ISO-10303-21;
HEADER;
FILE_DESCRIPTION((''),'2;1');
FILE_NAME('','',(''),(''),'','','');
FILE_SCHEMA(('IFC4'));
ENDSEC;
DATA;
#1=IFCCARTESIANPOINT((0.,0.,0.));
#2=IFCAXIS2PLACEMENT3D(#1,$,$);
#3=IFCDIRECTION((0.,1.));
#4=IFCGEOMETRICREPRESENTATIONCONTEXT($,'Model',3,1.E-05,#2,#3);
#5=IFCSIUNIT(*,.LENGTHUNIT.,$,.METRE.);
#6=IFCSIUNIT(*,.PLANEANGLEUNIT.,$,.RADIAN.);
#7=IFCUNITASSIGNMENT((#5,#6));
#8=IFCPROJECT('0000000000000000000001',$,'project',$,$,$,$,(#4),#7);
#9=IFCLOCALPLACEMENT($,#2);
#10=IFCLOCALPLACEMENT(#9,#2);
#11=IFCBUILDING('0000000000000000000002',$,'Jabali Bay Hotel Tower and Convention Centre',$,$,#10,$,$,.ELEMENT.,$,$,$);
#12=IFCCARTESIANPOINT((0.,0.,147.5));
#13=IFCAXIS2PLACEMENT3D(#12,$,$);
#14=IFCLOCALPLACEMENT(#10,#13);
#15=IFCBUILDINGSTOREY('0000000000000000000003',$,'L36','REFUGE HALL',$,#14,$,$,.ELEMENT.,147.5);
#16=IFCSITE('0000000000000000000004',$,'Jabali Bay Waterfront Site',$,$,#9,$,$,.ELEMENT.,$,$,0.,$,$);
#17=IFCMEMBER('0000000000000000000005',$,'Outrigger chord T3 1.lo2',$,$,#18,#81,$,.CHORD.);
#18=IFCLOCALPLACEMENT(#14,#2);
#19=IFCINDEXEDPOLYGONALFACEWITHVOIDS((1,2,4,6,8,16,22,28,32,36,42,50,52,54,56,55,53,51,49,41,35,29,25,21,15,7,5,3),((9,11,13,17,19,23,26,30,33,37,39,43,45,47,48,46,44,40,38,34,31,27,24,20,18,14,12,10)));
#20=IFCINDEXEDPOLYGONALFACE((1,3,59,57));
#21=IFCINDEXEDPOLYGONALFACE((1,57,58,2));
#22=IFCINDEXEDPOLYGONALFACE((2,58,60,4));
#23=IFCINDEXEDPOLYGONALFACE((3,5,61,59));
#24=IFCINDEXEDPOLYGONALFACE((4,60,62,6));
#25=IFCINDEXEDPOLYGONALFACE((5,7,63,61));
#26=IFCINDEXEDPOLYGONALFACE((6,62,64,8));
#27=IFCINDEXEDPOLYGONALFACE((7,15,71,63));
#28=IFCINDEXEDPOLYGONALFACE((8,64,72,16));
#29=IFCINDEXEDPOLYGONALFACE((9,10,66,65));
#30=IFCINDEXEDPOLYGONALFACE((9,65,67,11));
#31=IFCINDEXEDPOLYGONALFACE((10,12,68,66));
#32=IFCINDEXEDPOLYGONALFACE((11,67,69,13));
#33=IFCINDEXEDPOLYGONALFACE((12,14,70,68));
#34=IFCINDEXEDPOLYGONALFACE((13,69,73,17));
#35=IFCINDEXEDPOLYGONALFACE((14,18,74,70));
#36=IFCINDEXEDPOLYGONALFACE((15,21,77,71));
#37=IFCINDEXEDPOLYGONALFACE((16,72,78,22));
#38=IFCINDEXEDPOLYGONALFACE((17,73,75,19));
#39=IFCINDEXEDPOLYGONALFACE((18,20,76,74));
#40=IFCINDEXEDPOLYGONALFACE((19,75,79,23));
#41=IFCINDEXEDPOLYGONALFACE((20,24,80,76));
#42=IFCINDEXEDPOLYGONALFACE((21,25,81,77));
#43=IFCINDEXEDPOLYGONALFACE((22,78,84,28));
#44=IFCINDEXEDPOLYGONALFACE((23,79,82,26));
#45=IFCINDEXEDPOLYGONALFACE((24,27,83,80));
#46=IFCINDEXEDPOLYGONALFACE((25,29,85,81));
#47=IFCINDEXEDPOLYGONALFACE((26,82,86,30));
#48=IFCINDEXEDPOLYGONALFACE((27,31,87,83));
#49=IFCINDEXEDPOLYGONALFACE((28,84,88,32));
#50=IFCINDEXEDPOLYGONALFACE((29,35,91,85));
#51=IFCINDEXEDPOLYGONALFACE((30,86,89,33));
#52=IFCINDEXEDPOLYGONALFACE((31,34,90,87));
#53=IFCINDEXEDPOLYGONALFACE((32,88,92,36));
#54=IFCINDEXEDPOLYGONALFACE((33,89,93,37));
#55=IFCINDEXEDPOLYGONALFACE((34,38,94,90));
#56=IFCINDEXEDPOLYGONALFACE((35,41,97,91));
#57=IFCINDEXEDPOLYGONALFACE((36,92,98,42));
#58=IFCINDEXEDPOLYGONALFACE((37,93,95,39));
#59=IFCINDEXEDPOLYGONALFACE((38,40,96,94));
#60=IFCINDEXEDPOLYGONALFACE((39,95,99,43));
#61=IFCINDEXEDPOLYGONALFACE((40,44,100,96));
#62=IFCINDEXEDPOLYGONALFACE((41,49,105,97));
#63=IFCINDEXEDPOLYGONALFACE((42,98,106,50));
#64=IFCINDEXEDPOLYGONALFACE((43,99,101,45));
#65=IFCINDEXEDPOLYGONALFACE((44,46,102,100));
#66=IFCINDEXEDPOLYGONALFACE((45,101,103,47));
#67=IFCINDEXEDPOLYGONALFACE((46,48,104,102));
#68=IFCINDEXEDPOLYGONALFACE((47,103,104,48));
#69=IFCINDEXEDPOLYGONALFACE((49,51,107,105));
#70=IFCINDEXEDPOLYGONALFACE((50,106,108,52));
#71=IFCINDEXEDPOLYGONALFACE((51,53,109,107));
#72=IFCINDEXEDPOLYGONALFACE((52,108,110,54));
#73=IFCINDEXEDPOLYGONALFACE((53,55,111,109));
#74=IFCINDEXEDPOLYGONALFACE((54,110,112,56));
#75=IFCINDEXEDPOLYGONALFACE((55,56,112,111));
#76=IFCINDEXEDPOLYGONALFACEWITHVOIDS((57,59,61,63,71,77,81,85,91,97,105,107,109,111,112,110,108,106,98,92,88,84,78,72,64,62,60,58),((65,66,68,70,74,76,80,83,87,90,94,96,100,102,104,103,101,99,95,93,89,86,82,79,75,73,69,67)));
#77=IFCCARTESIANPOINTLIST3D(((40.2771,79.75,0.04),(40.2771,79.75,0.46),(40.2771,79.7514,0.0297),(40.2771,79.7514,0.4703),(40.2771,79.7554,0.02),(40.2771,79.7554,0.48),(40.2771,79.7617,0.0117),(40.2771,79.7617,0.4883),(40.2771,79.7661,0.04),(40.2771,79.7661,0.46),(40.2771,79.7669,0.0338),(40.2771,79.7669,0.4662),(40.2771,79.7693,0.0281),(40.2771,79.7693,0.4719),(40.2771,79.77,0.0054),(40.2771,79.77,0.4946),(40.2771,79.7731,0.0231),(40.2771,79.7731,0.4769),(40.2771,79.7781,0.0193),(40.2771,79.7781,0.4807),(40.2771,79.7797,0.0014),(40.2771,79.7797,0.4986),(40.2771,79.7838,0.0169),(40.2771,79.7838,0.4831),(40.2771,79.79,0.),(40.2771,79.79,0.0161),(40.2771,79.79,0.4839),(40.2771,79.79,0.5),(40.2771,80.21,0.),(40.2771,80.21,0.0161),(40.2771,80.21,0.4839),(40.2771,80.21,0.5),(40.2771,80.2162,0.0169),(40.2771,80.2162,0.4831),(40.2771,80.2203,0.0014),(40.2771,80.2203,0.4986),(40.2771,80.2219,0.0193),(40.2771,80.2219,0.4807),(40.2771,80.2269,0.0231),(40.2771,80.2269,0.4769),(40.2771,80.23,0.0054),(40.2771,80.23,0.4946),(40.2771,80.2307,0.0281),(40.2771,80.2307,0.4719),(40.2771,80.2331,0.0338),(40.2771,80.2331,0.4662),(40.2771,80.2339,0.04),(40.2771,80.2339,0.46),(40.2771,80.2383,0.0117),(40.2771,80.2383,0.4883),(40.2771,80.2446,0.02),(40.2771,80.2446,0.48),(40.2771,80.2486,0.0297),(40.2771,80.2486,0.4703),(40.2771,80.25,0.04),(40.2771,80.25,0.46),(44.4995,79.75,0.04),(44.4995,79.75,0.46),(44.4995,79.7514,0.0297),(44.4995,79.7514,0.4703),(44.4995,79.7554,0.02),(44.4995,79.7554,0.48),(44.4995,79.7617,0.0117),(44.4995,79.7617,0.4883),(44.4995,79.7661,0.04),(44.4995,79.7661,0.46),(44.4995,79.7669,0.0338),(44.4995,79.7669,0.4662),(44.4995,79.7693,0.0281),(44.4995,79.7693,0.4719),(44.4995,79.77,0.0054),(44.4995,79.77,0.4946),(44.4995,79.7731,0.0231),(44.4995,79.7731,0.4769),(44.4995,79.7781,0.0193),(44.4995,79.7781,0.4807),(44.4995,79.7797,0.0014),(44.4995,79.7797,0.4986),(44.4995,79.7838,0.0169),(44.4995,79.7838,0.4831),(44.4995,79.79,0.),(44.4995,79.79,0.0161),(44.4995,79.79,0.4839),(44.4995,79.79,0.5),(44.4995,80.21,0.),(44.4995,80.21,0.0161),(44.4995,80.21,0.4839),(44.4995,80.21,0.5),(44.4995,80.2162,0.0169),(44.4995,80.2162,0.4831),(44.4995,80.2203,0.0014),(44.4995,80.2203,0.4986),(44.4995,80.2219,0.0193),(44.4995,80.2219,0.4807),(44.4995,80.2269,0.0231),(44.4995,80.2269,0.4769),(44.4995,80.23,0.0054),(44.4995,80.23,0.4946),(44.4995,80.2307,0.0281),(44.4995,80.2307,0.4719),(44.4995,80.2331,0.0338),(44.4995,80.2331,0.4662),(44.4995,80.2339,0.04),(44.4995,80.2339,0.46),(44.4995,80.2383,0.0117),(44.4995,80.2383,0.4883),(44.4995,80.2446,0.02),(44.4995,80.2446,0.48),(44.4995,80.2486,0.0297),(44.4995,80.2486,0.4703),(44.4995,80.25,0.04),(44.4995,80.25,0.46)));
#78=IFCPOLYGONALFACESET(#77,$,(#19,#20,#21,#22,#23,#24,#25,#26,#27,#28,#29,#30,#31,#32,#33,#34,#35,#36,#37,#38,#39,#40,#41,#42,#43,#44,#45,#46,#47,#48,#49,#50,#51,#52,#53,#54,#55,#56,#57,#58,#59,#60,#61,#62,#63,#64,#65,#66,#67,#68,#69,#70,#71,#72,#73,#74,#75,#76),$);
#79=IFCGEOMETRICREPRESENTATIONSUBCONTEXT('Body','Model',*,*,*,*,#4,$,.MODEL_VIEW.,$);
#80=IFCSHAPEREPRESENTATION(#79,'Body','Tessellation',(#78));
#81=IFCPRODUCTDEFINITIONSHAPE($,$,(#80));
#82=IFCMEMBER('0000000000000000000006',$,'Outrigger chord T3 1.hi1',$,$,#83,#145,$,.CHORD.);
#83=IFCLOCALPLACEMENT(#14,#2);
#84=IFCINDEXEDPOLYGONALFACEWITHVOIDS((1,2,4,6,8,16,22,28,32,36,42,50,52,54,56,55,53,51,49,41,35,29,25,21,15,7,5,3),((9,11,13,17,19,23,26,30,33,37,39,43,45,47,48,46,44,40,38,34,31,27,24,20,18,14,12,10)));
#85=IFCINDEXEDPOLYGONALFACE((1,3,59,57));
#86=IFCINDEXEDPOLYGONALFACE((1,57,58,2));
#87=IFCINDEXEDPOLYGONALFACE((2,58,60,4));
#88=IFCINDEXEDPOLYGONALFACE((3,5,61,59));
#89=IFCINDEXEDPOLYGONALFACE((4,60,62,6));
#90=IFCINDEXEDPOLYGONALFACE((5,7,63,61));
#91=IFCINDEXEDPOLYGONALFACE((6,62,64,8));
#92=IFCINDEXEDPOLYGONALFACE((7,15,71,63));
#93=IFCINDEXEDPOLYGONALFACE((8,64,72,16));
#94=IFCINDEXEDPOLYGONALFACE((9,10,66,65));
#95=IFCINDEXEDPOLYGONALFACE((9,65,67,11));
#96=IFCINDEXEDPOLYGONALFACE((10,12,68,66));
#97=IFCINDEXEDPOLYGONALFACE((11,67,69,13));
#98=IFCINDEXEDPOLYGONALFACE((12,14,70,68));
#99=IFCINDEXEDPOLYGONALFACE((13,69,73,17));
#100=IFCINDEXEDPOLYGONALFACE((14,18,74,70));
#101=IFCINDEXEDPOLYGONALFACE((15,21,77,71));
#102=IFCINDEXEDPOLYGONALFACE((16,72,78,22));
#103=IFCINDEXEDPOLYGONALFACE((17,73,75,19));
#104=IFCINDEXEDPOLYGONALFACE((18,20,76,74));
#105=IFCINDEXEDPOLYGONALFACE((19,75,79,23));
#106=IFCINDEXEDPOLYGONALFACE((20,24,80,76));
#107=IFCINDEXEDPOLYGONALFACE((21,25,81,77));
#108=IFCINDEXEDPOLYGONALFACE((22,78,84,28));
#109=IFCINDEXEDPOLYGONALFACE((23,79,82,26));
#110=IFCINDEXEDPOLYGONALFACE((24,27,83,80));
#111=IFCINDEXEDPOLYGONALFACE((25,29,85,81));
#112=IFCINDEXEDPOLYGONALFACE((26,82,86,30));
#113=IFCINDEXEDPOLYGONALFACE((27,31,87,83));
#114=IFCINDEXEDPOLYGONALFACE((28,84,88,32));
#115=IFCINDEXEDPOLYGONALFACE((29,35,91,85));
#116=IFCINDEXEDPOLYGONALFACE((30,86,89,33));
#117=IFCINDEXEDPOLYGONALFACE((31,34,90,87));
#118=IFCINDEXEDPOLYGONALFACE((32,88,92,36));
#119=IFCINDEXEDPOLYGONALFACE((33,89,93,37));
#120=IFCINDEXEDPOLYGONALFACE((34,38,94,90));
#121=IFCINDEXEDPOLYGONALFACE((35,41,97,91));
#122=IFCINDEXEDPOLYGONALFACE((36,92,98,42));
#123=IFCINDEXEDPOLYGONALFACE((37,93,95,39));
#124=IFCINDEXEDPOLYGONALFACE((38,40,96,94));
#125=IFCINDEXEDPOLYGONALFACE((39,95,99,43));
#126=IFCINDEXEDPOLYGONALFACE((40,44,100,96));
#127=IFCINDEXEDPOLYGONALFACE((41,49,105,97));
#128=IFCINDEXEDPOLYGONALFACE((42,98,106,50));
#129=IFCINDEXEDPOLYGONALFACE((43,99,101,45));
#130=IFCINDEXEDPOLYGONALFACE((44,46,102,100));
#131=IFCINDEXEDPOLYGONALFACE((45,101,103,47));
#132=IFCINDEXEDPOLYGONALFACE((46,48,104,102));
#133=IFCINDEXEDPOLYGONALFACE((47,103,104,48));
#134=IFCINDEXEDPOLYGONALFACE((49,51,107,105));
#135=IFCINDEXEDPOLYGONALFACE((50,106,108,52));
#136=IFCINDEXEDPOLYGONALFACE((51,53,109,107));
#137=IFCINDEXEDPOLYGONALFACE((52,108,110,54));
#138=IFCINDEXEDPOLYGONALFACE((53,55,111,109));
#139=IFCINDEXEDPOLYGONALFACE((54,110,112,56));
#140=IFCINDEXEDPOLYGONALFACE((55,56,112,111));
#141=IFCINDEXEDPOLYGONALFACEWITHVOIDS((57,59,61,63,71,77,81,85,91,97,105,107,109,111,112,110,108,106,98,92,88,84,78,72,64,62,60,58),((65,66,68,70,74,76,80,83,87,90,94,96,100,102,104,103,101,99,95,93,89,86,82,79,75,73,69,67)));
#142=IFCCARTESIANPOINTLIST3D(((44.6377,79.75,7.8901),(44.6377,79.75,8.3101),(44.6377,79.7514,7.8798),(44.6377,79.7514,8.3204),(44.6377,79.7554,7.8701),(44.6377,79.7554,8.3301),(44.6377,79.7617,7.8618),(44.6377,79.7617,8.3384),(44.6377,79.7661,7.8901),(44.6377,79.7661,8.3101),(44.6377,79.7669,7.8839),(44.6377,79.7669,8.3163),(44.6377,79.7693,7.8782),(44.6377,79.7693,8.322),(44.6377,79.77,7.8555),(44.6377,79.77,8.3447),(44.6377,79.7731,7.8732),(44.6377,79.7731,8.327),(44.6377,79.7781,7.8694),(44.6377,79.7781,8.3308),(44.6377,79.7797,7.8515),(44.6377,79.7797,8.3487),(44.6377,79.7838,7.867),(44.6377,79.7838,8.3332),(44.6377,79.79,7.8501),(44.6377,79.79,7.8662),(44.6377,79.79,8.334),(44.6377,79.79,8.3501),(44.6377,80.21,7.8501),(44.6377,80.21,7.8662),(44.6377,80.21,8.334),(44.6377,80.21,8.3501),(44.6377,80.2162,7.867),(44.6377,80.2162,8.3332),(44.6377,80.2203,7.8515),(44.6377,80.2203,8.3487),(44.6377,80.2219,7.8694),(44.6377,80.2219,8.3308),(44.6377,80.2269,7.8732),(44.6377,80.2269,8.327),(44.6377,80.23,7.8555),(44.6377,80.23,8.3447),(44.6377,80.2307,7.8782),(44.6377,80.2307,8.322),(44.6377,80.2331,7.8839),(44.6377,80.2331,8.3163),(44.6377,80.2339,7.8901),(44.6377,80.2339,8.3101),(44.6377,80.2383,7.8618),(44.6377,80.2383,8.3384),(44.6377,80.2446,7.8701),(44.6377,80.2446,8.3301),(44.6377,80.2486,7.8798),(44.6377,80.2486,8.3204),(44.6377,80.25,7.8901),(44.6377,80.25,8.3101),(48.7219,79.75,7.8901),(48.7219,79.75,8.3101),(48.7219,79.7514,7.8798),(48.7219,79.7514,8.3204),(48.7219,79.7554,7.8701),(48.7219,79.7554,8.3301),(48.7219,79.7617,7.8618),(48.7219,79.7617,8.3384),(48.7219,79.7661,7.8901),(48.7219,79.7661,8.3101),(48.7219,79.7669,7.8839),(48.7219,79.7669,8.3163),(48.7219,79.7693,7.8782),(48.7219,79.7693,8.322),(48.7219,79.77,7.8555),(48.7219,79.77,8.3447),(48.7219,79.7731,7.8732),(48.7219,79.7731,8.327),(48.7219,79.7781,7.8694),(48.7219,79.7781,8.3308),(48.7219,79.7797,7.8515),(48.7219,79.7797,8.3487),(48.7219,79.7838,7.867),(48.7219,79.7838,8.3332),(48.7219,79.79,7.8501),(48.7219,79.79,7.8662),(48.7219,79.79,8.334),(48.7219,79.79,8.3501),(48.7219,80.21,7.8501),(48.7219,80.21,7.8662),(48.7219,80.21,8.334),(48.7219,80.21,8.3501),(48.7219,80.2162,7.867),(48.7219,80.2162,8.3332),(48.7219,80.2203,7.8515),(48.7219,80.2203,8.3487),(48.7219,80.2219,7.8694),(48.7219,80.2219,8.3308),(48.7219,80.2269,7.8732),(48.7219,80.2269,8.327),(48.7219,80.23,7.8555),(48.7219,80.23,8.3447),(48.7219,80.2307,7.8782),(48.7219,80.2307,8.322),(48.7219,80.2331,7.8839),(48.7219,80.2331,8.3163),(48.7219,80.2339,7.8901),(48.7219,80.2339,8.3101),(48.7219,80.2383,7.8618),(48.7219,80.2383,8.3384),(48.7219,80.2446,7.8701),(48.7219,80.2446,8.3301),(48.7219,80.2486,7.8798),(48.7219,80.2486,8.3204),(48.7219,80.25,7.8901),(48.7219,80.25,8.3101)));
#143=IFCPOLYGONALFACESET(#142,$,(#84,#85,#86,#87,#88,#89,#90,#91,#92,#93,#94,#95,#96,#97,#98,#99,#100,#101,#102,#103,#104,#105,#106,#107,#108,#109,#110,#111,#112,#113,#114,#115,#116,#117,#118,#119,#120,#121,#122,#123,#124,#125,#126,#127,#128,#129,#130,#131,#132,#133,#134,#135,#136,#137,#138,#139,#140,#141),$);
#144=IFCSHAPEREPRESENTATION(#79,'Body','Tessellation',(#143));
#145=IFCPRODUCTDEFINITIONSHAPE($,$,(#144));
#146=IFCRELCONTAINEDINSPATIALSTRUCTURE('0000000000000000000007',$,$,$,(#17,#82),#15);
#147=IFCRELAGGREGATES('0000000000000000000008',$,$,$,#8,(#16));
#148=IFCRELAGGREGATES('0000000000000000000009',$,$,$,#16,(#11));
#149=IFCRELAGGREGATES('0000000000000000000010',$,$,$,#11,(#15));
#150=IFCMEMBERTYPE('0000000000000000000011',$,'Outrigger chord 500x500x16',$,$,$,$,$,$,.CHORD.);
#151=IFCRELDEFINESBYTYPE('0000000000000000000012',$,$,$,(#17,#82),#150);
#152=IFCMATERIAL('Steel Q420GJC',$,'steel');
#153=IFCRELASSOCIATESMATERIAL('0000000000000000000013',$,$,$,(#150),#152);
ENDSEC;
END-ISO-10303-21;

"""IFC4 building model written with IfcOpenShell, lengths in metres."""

from ifc_helpers import new_model, si_unit, direction, frame, origin, origin_2d, place, context, subcontext, project, spatial, hollow_rectangle, extrude, material, material_profile, profile_set, type_object, element, save


model = new_model("IFC4")

# Units and contexts
model_context = context("Model", 3, precision=1e-05, world=origin(), true_north=direction((0.0, 1.0)))
body_context = subcontext(model_context, "Body", "Model", "MODEL_VIEW")
ifc_project = project(units=[si_unit("LENGTHUNIT", "METRE"), si_unit("PLANEANGLEUNIT", "RADIAN")], contexts=[model_context])

# Site, building, storey
site_placement = place(None, origin())
site = spatial("IfcSite", under=ifc_project, at=site_placement, Name="Jabali Bay Waterfront Site", CompositionType="ELEMENT", RefElevation=0.0)
building_placement = place(site_placement, origin())
building = spatial("IfcBuilding", under=site, at=building_placement, Name="Jabali Bay Hotel Tower and Convention Centre", CompositionType="ELEMENT")
storey_placement = place(building_placement, frame((0.0, 0.0, 147.5)))
storey = spatial("IfcBuildingStorey", under=building, at=storey_placement, Name="L36", Description="REFUGE HALL", CompositionType="ELEMENT", Elevation=147.5)

# Members
ifc_material_1 = material(Name="Steel Q420GJC", Category="steel")
ifc_material_profile_1 = material_profile(ifc_material_1, hollow_rectangle(XDim=0.5, YDim=0.5, WallThickness=0.0161, InnerFilletRadius=0.0239, OuterFilletRadius=0.04, at=origin_2d()), Name="Outrigger chord 500x500x16")
ifc_profile_set_1 = profile_set([ifc_material_profile_1], Name="Steel Q420GJC")
member_type_1 = type_object("IfcMemberType", Name="Outrigger chord 500x500x16", PredefinedType="CHORD", material=ifc_profile_set_1)
for number, where, z_axis, x_axis, name in (
    (1, (44.4995, 80.0, 0.25), (-1.0, 0.0, 0.0), (0.0, -1.0, 0.0), "Outrigger chord T3 1.lo2"),
):
    element("IfcMember", number, at=place(storey_placement, frame(where, z_axis=z_axis, x_axis=x_axis)), inside=storey, type_object=member_type_1, Name=name, PredefinedType="CHORD", context=body_context, shape_type="SweptSolid", body=[
        extrude(hollow_rectangle(XDim=0.5, YDim=0.5, WallThickness=0.0161, InnerFilletRadius=0.0239, OuterFilletRadius=0.04, at=origin_2d()), origin(), (0.0, 0.0, 1.0), 4.2224),
    ])
member_1_placement = place(storey_placement, frame((48.7219, 80.0, 8.1001), z_axis=(-1.0, 0.0, 0.0), x_axis=(0.0, -1.0, 0.0)))
element("IfcMember", 2, at=member_1_placement, inside=storey, type_object=member_type_1, Name="Outrigger chord T3 1.hi1", PredefinedType="CHORD", context=body_context, shape_type="SweptSolid", body=[
    extrude(hollow_rectangle(XDim=0.5, YDim=0.5, WallThickness=0.0161, InnerFilletRadius=0.0239, OuterFilletRadius=0.04, at=origin_2d()), origin(), (0.0, 0.0, 1.0), 4.0842),
])

save(model, "model.ifc")
